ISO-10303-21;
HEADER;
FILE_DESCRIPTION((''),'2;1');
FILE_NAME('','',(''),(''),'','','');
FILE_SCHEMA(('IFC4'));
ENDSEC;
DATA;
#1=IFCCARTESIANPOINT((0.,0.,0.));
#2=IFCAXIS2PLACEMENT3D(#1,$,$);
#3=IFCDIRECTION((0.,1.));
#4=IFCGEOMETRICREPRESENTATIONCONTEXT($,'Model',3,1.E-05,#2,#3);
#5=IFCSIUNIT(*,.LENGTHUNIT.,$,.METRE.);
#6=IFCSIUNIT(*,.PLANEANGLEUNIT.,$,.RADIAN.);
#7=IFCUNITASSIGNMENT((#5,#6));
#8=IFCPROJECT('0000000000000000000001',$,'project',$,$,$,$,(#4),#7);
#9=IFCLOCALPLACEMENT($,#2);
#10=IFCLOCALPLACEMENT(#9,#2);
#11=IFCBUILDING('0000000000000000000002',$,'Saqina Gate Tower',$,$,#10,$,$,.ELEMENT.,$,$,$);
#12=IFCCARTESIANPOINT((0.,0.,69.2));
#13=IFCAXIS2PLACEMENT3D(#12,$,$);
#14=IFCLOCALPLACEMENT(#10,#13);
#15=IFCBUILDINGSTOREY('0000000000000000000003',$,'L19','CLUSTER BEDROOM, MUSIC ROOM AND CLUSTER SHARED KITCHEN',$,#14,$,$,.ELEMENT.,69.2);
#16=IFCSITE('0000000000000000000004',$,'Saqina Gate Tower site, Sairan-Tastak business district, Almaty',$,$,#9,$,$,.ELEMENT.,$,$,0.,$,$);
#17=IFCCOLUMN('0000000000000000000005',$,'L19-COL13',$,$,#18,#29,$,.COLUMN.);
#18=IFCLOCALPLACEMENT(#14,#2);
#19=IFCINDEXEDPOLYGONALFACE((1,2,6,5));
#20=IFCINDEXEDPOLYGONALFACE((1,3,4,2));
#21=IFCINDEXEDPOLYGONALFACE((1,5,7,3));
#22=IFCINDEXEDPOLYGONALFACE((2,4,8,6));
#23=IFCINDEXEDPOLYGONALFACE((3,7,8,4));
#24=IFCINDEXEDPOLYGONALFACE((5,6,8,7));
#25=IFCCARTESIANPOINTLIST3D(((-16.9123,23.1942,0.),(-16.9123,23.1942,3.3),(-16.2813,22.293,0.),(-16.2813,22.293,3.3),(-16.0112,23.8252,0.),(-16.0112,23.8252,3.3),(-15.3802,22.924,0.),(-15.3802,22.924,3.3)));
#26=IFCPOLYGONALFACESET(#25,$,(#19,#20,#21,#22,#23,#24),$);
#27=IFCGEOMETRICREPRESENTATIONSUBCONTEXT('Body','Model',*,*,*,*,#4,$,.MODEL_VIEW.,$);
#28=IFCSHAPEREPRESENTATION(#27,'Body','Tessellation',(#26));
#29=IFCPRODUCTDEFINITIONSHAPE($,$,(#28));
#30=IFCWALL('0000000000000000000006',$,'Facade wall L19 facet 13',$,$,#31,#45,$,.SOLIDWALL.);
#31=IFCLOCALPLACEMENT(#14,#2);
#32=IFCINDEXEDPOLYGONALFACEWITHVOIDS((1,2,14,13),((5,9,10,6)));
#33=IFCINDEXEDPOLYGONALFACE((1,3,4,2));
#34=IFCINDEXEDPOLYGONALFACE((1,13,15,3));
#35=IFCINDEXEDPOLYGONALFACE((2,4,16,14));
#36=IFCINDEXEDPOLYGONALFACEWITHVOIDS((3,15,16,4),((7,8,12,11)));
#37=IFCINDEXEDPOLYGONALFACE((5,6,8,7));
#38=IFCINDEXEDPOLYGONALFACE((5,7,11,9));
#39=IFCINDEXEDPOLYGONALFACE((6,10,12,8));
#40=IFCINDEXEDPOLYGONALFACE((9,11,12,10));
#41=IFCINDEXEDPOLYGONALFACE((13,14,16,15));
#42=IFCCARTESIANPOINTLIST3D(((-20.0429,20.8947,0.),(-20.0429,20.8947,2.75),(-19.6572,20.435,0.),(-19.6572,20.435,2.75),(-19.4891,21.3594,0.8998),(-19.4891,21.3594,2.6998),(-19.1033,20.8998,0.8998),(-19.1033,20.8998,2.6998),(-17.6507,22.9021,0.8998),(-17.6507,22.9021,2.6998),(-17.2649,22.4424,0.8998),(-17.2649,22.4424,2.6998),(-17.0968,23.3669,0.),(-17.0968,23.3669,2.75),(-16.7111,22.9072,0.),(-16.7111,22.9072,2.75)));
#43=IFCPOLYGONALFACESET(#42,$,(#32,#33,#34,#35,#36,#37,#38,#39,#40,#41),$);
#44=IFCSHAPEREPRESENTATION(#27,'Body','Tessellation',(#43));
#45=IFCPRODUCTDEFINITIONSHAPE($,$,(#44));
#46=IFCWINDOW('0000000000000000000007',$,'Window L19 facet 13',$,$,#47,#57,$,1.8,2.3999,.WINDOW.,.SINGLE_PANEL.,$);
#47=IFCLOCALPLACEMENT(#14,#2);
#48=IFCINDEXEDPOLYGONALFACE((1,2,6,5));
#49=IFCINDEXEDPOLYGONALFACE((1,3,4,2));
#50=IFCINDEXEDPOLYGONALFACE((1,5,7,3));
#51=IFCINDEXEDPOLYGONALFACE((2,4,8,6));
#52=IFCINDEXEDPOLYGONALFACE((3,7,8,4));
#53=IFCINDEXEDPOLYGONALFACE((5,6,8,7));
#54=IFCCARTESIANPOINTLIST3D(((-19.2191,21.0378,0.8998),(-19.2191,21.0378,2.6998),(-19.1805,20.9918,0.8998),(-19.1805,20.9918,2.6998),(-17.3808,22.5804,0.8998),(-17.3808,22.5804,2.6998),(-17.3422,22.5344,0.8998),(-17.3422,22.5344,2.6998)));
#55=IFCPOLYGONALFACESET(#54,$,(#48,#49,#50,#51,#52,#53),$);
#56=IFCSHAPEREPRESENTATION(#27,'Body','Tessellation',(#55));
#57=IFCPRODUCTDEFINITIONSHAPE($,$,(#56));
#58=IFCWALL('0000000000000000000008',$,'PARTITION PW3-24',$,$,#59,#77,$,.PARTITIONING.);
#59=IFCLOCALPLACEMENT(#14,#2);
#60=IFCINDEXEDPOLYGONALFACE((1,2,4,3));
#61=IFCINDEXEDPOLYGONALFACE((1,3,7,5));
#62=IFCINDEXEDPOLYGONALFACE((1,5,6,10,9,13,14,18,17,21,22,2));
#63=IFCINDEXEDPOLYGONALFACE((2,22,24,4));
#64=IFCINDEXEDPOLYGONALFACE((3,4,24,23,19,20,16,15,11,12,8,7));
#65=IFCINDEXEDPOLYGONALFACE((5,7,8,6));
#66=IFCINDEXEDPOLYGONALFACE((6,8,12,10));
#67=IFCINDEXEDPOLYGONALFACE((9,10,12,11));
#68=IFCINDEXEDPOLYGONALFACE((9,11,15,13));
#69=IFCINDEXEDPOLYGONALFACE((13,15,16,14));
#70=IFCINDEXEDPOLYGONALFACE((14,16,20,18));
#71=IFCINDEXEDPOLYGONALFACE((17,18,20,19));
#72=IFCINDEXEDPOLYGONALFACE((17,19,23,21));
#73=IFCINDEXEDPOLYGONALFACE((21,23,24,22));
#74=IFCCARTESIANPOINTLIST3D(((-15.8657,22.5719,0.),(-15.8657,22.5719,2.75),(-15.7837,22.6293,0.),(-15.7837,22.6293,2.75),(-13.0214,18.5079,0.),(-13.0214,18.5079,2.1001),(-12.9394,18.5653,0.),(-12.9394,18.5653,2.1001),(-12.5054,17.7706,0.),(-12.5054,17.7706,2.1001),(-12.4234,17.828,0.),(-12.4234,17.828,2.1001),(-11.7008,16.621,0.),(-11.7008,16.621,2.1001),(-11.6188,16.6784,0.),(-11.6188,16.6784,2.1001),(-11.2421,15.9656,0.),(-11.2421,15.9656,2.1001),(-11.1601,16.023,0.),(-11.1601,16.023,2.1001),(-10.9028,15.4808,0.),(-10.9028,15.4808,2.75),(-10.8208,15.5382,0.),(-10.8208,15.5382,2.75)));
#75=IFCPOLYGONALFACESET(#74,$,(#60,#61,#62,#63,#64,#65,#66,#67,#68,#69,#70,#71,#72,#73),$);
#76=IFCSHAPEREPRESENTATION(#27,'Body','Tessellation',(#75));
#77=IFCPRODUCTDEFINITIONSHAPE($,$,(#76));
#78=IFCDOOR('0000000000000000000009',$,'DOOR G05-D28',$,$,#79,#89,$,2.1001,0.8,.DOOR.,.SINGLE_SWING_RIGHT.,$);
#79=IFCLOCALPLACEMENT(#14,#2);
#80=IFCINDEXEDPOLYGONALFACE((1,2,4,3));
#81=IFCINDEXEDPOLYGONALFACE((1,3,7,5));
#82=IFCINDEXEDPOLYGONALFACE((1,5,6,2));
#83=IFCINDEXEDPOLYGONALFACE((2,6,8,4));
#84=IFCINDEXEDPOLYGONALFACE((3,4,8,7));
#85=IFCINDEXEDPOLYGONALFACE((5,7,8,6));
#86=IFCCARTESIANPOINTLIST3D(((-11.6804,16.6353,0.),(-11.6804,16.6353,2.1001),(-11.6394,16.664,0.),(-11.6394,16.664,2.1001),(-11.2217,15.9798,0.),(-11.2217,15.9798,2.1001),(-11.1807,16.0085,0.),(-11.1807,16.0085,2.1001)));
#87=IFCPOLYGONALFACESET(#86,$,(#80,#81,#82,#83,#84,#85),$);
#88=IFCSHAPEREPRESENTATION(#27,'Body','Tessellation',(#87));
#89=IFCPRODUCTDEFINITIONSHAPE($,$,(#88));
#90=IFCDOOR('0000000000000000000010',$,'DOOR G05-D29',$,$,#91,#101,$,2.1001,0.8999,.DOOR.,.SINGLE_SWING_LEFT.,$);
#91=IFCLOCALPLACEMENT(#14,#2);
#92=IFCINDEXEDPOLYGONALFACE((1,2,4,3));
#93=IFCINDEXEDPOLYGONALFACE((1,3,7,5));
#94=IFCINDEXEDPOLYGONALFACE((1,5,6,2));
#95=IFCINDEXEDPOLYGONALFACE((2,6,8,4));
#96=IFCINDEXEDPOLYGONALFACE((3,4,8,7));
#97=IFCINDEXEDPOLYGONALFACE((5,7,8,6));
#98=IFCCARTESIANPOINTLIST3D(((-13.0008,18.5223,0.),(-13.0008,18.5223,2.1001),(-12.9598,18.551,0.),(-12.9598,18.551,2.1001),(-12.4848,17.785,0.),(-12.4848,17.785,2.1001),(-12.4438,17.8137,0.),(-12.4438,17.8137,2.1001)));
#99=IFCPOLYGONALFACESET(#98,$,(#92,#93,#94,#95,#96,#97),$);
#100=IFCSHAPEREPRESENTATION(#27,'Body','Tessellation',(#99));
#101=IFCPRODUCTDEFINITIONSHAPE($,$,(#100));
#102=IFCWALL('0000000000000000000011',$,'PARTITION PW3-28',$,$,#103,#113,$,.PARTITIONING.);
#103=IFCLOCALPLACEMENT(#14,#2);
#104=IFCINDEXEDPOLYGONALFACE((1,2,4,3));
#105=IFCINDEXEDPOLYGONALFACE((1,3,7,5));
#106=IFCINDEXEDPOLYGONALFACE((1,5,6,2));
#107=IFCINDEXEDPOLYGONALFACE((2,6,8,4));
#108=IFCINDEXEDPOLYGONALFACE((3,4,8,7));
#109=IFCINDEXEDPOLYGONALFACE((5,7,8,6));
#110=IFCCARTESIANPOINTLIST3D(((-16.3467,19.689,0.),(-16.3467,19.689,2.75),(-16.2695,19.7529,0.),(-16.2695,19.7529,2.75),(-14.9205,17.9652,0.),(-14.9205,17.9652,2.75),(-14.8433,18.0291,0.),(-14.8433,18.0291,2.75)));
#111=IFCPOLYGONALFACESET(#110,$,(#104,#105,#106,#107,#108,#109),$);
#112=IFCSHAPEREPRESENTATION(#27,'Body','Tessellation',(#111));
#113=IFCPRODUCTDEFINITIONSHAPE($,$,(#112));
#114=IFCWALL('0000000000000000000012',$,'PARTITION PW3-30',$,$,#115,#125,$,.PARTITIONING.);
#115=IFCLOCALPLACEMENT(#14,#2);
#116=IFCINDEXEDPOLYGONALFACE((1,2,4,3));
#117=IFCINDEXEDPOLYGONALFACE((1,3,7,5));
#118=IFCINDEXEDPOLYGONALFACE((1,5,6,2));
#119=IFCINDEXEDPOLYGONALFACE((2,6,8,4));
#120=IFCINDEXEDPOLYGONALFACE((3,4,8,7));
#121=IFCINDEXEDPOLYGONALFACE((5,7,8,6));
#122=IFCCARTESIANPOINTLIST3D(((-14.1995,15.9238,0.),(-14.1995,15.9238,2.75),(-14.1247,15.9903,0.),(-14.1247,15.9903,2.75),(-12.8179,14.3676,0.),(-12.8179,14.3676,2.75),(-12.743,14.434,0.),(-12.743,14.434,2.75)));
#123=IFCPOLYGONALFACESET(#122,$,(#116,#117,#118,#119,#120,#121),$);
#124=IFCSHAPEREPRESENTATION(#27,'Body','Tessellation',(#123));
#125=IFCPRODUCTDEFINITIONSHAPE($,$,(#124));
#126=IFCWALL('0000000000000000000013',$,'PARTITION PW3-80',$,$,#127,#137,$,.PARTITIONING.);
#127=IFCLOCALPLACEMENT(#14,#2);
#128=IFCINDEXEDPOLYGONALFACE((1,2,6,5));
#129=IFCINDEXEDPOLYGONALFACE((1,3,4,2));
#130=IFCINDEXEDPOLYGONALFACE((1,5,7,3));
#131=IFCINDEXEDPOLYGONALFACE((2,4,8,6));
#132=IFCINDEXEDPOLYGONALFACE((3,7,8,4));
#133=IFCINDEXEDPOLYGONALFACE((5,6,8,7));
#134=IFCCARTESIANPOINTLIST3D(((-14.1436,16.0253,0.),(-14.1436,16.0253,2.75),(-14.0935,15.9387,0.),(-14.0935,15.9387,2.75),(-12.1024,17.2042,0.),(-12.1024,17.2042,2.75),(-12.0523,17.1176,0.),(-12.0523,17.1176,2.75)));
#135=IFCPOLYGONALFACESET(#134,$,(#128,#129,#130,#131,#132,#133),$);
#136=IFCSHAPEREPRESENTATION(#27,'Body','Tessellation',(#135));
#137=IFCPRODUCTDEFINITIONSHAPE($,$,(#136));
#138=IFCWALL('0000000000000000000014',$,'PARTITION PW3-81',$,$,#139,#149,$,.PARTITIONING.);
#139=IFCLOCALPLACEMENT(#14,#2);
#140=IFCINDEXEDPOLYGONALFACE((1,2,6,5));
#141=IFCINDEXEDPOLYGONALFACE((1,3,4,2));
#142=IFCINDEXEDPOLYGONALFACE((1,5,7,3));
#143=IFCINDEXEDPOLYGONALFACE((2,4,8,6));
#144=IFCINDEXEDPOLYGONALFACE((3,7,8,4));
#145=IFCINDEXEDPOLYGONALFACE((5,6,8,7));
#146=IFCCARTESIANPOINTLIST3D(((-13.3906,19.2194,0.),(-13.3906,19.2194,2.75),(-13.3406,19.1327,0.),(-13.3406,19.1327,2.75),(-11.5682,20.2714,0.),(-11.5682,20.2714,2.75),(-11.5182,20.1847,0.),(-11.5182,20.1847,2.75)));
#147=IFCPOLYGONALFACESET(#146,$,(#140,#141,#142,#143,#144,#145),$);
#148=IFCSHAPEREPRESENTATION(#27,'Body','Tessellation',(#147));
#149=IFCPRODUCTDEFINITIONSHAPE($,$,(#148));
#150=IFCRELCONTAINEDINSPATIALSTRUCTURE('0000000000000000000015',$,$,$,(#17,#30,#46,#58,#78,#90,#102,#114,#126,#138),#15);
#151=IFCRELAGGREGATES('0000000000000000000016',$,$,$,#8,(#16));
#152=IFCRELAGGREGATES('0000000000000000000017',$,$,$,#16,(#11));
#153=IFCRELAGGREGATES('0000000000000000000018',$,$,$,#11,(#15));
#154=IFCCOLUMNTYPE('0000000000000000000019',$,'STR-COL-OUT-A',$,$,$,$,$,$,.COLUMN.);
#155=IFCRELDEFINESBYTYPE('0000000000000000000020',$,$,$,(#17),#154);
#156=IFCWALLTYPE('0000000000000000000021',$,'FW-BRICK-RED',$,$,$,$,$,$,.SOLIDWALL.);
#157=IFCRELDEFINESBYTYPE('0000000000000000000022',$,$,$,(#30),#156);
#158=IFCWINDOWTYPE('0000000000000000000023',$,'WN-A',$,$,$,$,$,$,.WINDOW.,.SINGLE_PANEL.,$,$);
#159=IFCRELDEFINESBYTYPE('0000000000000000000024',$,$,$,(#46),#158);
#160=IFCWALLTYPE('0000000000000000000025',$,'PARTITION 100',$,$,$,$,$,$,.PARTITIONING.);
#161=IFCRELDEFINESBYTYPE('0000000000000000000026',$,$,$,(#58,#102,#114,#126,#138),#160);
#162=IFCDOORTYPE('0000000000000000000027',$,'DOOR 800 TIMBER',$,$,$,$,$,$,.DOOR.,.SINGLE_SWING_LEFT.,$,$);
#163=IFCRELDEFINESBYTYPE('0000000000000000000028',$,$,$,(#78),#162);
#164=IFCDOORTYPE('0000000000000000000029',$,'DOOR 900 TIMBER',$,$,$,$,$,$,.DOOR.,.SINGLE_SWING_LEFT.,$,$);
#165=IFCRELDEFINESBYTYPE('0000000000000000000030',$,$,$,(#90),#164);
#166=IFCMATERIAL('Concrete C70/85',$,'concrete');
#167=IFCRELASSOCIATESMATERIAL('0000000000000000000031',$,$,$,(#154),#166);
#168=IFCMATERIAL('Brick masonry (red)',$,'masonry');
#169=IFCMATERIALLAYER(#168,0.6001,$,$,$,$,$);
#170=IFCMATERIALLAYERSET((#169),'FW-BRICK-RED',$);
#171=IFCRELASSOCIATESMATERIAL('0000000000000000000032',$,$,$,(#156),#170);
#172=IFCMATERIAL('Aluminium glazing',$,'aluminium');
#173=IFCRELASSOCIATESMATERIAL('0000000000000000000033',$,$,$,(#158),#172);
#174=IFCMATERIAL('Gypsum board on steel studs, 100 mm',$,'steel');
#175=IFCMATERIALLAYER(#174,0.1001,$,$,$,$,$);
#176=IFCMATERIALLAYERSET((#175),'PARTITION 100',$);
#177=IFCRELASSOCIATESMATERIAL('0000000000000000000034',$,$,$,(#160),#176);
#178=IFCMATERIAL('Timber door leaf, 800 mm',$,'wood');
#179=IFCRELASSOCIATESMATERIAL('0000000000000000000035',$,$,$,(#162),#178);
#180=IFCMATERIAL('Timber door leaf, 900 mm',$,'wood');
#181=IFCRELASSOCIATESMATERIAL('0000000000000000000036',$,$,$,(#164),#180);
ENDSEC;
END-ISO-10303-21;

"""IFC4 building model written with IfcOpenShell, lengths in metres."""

from ifc_helpers import new_model, si_unit, direction, frame, frame_2d, origin, origin_2d, place, context, subcontext, project, spatial, rectangle, extrude, material, layer, layer_set, material_profile, profile_set, type_object, element, fill, save


model = new_model("IFC4")

# Units and contexts
model_context = context("Model", 3, precision=1e-05, world=origin(), true_north=direction((0.0, 1.0)))
body_context = subcontext(model_context, "Body", "Model", "MODEL_VIEW")
ifc_project = project(units=[si_unit("LENGTHUNIT", "METRE"), si_unit("PLANEANGLEUNIT", "RADIAN")], contexts=[model_context])

# Site, building, storey
site_placement = place(None, origin())
site = spatial("IfcSite", under=ifc_project, at=site_placement, Name="Saqina Gate Tower site, Sairan-Tastak business district, Almaty", CompositionType="ELEMENT", RefElevation=0.0)
building_placement = place(site_placement, origin())
building = spatial("IfcBuilding", under=site, at=building_placement, Name="Saqina Gate Tower", CompositionType="ELEMENT")
storey_placement = place(building_placement, frame((0.0, 0.0, 69.2)))
storey = spatial("IfcBuildingStorey", under=building, at=storey_placement, Name="L19", Description="CLUSTER BEDROOM, MUSIC ROOM AND CLUSTER SHARED KITCHEN", CompositionType="ELEMENT", Elevation=69.2)

# Column
ifc_material_1 = material(Name="Concrete C70/85", Category="concrete")
ifc_material_profile = material_profile(ifc_material_1, rectangle(XDim=1.1001, YDim=1.1001, at=origin_2d()), Name="RC 1100x1100")
ifc_profile_set = profile_set([ifc_material_profile], Name="Concrete C70/85")
column_type = type_object("IfcColumnType", Name="STR-COL-OUT-A", PredefinedType="COLUMN", material=ifc_profile_set)
column_placement = place(storey_placement, frame((-16.1462, 23.0591, 0.0), z_axis=(0.0, 0.0, 1.0), x_axis=(-0.573576, 0.819152, 0.0)))
element("IfcColumn", 1, at=column_placement, inside=storey, type_object=column_type, Name="L19-COL13", PredefinedType="COLUMN", context=body_context, shape_type="SweptSolid", body=[
    extrude(rectangle(XDim=1.1001, YDim=1.1001, at=origin_2d()), origin(), (0.0, 0.0, 1.0), 3.3),
])

# Wall, opening, window
ifc_material_2 = material(Name="Brick masonry (red)", Category="masonry")
ifc_layer_1 = layer(ifc_material_2, 0.6001)
ifc_layer_set_1 = layer_set([ifc_layer_1], Name="FW-BRICK-RED")
wall_type_1 = type_object("IfcWallType", Name="FW-BRICK-RED", PredefinedType="SOLIDWALL", material=ifc_layer_set_1)
wall_1_placement = place(storey_placement, frame((-16.9041, 23.137, 0.0), z_axis=(0.0, 0.0, 1.0), x_axis=(-0.766026, -0.642809, 0.0)))
wall_1 = element("IfcWall", 2, at=wall_1_placement, inside=storey, type_object=wall_type_1, Name="Facade wall L19 facet 13", PredefinedType="SOLIDWALL", context=body_context, shape_type="SweptSolid", body=[
    extrude(rectangle(XDim=3.8459, YDim=0.6001, at=frame_2d((1.9229, 0.0))), origin(), (0.0, 0.0, 1.0), 2.75),
])
opening_1_placement = place(wall_1_placement, frame((0.7229, 0.0, 0.8999)))
opening_1 = element("IfcOpeningElement", 3, at=opening_1_placement, cuts=wall_1, PredefinedType="OPENING", context=body_context, shape_type="SweptSolid", body=[
    extrude(rectangle(XDim=2.3999, YDim=1.8, at=frame_2d((1.2, 0.8999))), frame((0.0, 0.312, 0.0), z_axis=(0.0, -1.0, 0.0), x_axis=(1.0, 0.0, 0.0)), (0.0, 0.0, 1.0), 0.624),
])
ifc_material_3 = material(Name="Aluminium glazing", Category="aluminium")
window_type = type_object("IfcWindowType", Name="WN-A", PartitioningType="SINGLE_PANEL", PredefinedType="WINDOW", material=ifc_material_3)
window_placement = place(opening_1_placement, origin())
window = element("IfcWindow", 4, at=window_placement, inside=storey, type_object=window_type, Name="Window L19 facet 13", OverallHeight=1.8, OverallWidth=2.3999, PartitioningType="SINGLE_PANEL", PredefinedType="WINDOW", context=body_context, shape_type="SweptSolid", body=[
    extrude(rectangle(XDim=2.3999, YDim=1.8, at=frame_2d((1.2, 0.8999))), frame((0.0, 0.1799, 0.0), z_axis=(0.0, -1.0, 0.0), x_axis=(1.0, 0.0, 0.0)), (0.0, 0.0, 1.0), 0.0601),
])
fill(opening_1, window)

# Wall, openings, doors
ifc_material_4 = material(Name="Gypsum board on steel studs, 100 mm", Category="steel")
ifc_layer_2 = layer(ifc_material_4, 0.1001)
ifc_layer_set_2 = layer_set([ifc_layer_2], Name="PARTITION 100")
wall_type_2 = type_object("IfcWallType", Name="PARTITION 100", PredefinedType="PARTITIONING", material=ifc_layer_set_2)
wall_2_placement = place(storey_placement, frame((-15.8247, 22.6006, 0.0), z_axis=(0.0, 0.0, 1.0), x_axis=(0.573396, -0.819278, 0.0)))
wall_2 = element("IfcWall", 5, at=wall_2_placement, inside=storey, type_object=wall_type_2, Name="PARTITION PW3-24", PredefinedType="PARTITIONING", context=body_context, shape_type="SweptSolid", body=[
    extrude(rectangle(XDim=8.6553, YDim=0.1001, at=frame_2d((4.3276, 0.0))), origin(), (0.0, 0.0, 1.0), 2.75),
])
opening_2_placement = place(wall_2_placement, frame((7.2637, 0.0, 0.0)))
opening_2 = element("IfcOpeningElement", 6, at=opening_2_placement, cuts=wall_2, PredefinedType="OPENING", context=body_context, shape_type="SweptSolid", body=[
    extrude(rectangle(XDim=0.8, YDim=2.1001, at=frame_2d((0.3999, 1.05))), frame((0.0, 0.062, 0.0), z_axis=(0.0, -1.0, 0.0), x_axis=(1.0, 0.0, 0.0)), (0.0, 0.0, 1.0), 0.124),
])
opening_3_placement = place(wall_2_placement, frame((4.9604, 0.0, 0.0)))
opening_3 = element("IfcOpeningElement", 7, at=opening_3_placement, cuts=wall_2, PredefinedType="OPENING", context=body_context, shape_type="SweptSolid", body=[
    extrude(rectangle(XDim=0.8999, YDim=2.1001, at=frame_2d((0.45, 1.05))), frame((0.0, 0.062, 0.0), z_axis=(0.0, -1.0, 0.0), x_axis=(1.0, 0.0, 0.0)), (0.0, 0.0, 1.0), 0.124),
])
ifc_material_5 = material(Name="Timber door leaf, 800 mm", Category="wood")
door_type_1 = type_object("IfcDoorType", Name="DOOR 800 TIMBER", OperationType="SINGLE_SWING_LEFT", PredefinedType="DOOR", material=ifc_material_5)
door_1_placement = place(opening_2_placement, origin())
door_1 = element("IfcDoor", 8, at=door_1_placement, inside=storey, type_object=door_type_1, Name="DOOR G05-D28", OperationType="SINGLE_SWING_RIGHT", OverallHeight=2.1001, OverallWidth=0.8, PredefinedType="DOOR", context=body_context, shape_type="SweptSolid", body=[
    extrude(rectangle(XDim=0.8, YDim=2.1001, at=frame_2d((0.3999, 1.05))), frame((0.0, 0.0249, 0.0), z_axis=(0.0, -1.0, 0.0), x_axis=(1.0, 0.0, 0.0)), (0.0, 0.0, 1.0), 0.05),
])
fill(opening_2, door_1)
ifc_material_6 = material(Name="Timber door leaf, 900 mm", Category="wood")
door_type_2 = type_object("IfcDoorType", Name="DOOR 900 TIMBER", OperationType="SINGLE_SWING_LEFT", PredefinedType="DOOR", material=ifc_material_6)
door_2_placement = place(opening_3_placement, frame((0.8999, 0.0, 0.0), z_axis=(0.0, 0.0, 1.0), x_axis=(-1.0, 0.0, 0.0)))
door_2 = element("IfcDoor", 9, at=door_2_placement, inside=storey, type_object=door_type_2, Name="DOOR G05-D29", OperationType="SINGLE_SWING_LEFT", OverallHeight=2.1001, OverallWidth=0.8999, PredefinedType="DOOR", context=body_context, shape_type="SweptSolid", body=[
    extrude(rectangle(XDim=0.8999, YDim=2.1001, at=frame_2d((0.45, 1.05))), frame((0.0, 0.0249, 0.0), z_axis=(0.0, -1.0, 0.0), x_axis=(1.0, 0.0, 0.0)), (0.0, 0.0, 1.0), 0.05),
])
fill(opening_3, door_2)

# Walls
wall_3_placement = place(storey_placement, frame((-16.3081, 19.7209, 0.0), z_axis=(0.0, 0.0, 1.0), x_axis=(0.637465, -0.770479, 0.0)))
element("IfcWall", 10, at=wall_3_placement, inside=storey, type_object=wall_type_2, Name="PARTITION PW3-28", PredefinedType="PARTITIONING", context=body_context, shape_type="SweptSolid", body=[
    extrude(rectangle(XDim=2.2373, YDim=0.1001, at=frame_2d((1.1187, 0.0))), origin(), (0.0, 0.0, 1.0), 2.75),
])
wall_4_placement = place(storey_placement, frame((-14.1621, 15.957, 0.0), z_axis=(0.0, 0.0, 1.0), x_axis=(0.66392, -0.747804, 0.0)))
element("IfcWall", 11, at=wall_4_placement, inside=storey, type_object=wall_type_2, Name="PARTITION PW3-30", PredefinedType="PARTITIONING", context=body_context, shape_type="SweptSolid", body=[
    extrude(rectangle(XDim=2.0811, YDim=0.1001, at=frame_2d((1.0405, 0.0))), origin(), (0.0, 0.0, 1.0), 2.75),
])
wall_5_placement = place(storey_placement, frame((-14.1187, 15.9819, 0.0), z_axis=(0.0, 0.0, 1.0), x_axis=(0.865946, 0.500138, 0.0)))
element("IfcWall", 12, at=wall_5_placement, inside=storey, type_object=wall_type_2, Name="PARTITION PW3-80", PredefinedType="PARTITIONING", context=body_context, shape_type="SweptSolid", body=[
    extrude(rectangle(XDim=2.3572, YDim=0.1001, at=frame_2d((1.1787, 0.0))), origin(), (0.0, 0.0, 1.0), 2.75),
])
wall_6_placement = place(storey_placement, frame((-13.3657, 19.176, 0.0), z_axis=(0.0, 0.0, 1.0), x_axis=(0.866072, 0.49992, 0.0)))
element("IfcWall", 13, at=wall_6_placement, inside=storey, type_object=wall_type_2, Name="PARTITION PW3-81", PredefinedType="PARTITIONING", context=body_context, shape_type="SweptSolid", body=[
    extrude(rectangle(XDim=2.1042, YDim=0.1001, at=frame_2d((1.0522, 0.0))), origin(), (0.0, 0.0, 1.0), 2.75),
])

save(model, "model.ifc")
